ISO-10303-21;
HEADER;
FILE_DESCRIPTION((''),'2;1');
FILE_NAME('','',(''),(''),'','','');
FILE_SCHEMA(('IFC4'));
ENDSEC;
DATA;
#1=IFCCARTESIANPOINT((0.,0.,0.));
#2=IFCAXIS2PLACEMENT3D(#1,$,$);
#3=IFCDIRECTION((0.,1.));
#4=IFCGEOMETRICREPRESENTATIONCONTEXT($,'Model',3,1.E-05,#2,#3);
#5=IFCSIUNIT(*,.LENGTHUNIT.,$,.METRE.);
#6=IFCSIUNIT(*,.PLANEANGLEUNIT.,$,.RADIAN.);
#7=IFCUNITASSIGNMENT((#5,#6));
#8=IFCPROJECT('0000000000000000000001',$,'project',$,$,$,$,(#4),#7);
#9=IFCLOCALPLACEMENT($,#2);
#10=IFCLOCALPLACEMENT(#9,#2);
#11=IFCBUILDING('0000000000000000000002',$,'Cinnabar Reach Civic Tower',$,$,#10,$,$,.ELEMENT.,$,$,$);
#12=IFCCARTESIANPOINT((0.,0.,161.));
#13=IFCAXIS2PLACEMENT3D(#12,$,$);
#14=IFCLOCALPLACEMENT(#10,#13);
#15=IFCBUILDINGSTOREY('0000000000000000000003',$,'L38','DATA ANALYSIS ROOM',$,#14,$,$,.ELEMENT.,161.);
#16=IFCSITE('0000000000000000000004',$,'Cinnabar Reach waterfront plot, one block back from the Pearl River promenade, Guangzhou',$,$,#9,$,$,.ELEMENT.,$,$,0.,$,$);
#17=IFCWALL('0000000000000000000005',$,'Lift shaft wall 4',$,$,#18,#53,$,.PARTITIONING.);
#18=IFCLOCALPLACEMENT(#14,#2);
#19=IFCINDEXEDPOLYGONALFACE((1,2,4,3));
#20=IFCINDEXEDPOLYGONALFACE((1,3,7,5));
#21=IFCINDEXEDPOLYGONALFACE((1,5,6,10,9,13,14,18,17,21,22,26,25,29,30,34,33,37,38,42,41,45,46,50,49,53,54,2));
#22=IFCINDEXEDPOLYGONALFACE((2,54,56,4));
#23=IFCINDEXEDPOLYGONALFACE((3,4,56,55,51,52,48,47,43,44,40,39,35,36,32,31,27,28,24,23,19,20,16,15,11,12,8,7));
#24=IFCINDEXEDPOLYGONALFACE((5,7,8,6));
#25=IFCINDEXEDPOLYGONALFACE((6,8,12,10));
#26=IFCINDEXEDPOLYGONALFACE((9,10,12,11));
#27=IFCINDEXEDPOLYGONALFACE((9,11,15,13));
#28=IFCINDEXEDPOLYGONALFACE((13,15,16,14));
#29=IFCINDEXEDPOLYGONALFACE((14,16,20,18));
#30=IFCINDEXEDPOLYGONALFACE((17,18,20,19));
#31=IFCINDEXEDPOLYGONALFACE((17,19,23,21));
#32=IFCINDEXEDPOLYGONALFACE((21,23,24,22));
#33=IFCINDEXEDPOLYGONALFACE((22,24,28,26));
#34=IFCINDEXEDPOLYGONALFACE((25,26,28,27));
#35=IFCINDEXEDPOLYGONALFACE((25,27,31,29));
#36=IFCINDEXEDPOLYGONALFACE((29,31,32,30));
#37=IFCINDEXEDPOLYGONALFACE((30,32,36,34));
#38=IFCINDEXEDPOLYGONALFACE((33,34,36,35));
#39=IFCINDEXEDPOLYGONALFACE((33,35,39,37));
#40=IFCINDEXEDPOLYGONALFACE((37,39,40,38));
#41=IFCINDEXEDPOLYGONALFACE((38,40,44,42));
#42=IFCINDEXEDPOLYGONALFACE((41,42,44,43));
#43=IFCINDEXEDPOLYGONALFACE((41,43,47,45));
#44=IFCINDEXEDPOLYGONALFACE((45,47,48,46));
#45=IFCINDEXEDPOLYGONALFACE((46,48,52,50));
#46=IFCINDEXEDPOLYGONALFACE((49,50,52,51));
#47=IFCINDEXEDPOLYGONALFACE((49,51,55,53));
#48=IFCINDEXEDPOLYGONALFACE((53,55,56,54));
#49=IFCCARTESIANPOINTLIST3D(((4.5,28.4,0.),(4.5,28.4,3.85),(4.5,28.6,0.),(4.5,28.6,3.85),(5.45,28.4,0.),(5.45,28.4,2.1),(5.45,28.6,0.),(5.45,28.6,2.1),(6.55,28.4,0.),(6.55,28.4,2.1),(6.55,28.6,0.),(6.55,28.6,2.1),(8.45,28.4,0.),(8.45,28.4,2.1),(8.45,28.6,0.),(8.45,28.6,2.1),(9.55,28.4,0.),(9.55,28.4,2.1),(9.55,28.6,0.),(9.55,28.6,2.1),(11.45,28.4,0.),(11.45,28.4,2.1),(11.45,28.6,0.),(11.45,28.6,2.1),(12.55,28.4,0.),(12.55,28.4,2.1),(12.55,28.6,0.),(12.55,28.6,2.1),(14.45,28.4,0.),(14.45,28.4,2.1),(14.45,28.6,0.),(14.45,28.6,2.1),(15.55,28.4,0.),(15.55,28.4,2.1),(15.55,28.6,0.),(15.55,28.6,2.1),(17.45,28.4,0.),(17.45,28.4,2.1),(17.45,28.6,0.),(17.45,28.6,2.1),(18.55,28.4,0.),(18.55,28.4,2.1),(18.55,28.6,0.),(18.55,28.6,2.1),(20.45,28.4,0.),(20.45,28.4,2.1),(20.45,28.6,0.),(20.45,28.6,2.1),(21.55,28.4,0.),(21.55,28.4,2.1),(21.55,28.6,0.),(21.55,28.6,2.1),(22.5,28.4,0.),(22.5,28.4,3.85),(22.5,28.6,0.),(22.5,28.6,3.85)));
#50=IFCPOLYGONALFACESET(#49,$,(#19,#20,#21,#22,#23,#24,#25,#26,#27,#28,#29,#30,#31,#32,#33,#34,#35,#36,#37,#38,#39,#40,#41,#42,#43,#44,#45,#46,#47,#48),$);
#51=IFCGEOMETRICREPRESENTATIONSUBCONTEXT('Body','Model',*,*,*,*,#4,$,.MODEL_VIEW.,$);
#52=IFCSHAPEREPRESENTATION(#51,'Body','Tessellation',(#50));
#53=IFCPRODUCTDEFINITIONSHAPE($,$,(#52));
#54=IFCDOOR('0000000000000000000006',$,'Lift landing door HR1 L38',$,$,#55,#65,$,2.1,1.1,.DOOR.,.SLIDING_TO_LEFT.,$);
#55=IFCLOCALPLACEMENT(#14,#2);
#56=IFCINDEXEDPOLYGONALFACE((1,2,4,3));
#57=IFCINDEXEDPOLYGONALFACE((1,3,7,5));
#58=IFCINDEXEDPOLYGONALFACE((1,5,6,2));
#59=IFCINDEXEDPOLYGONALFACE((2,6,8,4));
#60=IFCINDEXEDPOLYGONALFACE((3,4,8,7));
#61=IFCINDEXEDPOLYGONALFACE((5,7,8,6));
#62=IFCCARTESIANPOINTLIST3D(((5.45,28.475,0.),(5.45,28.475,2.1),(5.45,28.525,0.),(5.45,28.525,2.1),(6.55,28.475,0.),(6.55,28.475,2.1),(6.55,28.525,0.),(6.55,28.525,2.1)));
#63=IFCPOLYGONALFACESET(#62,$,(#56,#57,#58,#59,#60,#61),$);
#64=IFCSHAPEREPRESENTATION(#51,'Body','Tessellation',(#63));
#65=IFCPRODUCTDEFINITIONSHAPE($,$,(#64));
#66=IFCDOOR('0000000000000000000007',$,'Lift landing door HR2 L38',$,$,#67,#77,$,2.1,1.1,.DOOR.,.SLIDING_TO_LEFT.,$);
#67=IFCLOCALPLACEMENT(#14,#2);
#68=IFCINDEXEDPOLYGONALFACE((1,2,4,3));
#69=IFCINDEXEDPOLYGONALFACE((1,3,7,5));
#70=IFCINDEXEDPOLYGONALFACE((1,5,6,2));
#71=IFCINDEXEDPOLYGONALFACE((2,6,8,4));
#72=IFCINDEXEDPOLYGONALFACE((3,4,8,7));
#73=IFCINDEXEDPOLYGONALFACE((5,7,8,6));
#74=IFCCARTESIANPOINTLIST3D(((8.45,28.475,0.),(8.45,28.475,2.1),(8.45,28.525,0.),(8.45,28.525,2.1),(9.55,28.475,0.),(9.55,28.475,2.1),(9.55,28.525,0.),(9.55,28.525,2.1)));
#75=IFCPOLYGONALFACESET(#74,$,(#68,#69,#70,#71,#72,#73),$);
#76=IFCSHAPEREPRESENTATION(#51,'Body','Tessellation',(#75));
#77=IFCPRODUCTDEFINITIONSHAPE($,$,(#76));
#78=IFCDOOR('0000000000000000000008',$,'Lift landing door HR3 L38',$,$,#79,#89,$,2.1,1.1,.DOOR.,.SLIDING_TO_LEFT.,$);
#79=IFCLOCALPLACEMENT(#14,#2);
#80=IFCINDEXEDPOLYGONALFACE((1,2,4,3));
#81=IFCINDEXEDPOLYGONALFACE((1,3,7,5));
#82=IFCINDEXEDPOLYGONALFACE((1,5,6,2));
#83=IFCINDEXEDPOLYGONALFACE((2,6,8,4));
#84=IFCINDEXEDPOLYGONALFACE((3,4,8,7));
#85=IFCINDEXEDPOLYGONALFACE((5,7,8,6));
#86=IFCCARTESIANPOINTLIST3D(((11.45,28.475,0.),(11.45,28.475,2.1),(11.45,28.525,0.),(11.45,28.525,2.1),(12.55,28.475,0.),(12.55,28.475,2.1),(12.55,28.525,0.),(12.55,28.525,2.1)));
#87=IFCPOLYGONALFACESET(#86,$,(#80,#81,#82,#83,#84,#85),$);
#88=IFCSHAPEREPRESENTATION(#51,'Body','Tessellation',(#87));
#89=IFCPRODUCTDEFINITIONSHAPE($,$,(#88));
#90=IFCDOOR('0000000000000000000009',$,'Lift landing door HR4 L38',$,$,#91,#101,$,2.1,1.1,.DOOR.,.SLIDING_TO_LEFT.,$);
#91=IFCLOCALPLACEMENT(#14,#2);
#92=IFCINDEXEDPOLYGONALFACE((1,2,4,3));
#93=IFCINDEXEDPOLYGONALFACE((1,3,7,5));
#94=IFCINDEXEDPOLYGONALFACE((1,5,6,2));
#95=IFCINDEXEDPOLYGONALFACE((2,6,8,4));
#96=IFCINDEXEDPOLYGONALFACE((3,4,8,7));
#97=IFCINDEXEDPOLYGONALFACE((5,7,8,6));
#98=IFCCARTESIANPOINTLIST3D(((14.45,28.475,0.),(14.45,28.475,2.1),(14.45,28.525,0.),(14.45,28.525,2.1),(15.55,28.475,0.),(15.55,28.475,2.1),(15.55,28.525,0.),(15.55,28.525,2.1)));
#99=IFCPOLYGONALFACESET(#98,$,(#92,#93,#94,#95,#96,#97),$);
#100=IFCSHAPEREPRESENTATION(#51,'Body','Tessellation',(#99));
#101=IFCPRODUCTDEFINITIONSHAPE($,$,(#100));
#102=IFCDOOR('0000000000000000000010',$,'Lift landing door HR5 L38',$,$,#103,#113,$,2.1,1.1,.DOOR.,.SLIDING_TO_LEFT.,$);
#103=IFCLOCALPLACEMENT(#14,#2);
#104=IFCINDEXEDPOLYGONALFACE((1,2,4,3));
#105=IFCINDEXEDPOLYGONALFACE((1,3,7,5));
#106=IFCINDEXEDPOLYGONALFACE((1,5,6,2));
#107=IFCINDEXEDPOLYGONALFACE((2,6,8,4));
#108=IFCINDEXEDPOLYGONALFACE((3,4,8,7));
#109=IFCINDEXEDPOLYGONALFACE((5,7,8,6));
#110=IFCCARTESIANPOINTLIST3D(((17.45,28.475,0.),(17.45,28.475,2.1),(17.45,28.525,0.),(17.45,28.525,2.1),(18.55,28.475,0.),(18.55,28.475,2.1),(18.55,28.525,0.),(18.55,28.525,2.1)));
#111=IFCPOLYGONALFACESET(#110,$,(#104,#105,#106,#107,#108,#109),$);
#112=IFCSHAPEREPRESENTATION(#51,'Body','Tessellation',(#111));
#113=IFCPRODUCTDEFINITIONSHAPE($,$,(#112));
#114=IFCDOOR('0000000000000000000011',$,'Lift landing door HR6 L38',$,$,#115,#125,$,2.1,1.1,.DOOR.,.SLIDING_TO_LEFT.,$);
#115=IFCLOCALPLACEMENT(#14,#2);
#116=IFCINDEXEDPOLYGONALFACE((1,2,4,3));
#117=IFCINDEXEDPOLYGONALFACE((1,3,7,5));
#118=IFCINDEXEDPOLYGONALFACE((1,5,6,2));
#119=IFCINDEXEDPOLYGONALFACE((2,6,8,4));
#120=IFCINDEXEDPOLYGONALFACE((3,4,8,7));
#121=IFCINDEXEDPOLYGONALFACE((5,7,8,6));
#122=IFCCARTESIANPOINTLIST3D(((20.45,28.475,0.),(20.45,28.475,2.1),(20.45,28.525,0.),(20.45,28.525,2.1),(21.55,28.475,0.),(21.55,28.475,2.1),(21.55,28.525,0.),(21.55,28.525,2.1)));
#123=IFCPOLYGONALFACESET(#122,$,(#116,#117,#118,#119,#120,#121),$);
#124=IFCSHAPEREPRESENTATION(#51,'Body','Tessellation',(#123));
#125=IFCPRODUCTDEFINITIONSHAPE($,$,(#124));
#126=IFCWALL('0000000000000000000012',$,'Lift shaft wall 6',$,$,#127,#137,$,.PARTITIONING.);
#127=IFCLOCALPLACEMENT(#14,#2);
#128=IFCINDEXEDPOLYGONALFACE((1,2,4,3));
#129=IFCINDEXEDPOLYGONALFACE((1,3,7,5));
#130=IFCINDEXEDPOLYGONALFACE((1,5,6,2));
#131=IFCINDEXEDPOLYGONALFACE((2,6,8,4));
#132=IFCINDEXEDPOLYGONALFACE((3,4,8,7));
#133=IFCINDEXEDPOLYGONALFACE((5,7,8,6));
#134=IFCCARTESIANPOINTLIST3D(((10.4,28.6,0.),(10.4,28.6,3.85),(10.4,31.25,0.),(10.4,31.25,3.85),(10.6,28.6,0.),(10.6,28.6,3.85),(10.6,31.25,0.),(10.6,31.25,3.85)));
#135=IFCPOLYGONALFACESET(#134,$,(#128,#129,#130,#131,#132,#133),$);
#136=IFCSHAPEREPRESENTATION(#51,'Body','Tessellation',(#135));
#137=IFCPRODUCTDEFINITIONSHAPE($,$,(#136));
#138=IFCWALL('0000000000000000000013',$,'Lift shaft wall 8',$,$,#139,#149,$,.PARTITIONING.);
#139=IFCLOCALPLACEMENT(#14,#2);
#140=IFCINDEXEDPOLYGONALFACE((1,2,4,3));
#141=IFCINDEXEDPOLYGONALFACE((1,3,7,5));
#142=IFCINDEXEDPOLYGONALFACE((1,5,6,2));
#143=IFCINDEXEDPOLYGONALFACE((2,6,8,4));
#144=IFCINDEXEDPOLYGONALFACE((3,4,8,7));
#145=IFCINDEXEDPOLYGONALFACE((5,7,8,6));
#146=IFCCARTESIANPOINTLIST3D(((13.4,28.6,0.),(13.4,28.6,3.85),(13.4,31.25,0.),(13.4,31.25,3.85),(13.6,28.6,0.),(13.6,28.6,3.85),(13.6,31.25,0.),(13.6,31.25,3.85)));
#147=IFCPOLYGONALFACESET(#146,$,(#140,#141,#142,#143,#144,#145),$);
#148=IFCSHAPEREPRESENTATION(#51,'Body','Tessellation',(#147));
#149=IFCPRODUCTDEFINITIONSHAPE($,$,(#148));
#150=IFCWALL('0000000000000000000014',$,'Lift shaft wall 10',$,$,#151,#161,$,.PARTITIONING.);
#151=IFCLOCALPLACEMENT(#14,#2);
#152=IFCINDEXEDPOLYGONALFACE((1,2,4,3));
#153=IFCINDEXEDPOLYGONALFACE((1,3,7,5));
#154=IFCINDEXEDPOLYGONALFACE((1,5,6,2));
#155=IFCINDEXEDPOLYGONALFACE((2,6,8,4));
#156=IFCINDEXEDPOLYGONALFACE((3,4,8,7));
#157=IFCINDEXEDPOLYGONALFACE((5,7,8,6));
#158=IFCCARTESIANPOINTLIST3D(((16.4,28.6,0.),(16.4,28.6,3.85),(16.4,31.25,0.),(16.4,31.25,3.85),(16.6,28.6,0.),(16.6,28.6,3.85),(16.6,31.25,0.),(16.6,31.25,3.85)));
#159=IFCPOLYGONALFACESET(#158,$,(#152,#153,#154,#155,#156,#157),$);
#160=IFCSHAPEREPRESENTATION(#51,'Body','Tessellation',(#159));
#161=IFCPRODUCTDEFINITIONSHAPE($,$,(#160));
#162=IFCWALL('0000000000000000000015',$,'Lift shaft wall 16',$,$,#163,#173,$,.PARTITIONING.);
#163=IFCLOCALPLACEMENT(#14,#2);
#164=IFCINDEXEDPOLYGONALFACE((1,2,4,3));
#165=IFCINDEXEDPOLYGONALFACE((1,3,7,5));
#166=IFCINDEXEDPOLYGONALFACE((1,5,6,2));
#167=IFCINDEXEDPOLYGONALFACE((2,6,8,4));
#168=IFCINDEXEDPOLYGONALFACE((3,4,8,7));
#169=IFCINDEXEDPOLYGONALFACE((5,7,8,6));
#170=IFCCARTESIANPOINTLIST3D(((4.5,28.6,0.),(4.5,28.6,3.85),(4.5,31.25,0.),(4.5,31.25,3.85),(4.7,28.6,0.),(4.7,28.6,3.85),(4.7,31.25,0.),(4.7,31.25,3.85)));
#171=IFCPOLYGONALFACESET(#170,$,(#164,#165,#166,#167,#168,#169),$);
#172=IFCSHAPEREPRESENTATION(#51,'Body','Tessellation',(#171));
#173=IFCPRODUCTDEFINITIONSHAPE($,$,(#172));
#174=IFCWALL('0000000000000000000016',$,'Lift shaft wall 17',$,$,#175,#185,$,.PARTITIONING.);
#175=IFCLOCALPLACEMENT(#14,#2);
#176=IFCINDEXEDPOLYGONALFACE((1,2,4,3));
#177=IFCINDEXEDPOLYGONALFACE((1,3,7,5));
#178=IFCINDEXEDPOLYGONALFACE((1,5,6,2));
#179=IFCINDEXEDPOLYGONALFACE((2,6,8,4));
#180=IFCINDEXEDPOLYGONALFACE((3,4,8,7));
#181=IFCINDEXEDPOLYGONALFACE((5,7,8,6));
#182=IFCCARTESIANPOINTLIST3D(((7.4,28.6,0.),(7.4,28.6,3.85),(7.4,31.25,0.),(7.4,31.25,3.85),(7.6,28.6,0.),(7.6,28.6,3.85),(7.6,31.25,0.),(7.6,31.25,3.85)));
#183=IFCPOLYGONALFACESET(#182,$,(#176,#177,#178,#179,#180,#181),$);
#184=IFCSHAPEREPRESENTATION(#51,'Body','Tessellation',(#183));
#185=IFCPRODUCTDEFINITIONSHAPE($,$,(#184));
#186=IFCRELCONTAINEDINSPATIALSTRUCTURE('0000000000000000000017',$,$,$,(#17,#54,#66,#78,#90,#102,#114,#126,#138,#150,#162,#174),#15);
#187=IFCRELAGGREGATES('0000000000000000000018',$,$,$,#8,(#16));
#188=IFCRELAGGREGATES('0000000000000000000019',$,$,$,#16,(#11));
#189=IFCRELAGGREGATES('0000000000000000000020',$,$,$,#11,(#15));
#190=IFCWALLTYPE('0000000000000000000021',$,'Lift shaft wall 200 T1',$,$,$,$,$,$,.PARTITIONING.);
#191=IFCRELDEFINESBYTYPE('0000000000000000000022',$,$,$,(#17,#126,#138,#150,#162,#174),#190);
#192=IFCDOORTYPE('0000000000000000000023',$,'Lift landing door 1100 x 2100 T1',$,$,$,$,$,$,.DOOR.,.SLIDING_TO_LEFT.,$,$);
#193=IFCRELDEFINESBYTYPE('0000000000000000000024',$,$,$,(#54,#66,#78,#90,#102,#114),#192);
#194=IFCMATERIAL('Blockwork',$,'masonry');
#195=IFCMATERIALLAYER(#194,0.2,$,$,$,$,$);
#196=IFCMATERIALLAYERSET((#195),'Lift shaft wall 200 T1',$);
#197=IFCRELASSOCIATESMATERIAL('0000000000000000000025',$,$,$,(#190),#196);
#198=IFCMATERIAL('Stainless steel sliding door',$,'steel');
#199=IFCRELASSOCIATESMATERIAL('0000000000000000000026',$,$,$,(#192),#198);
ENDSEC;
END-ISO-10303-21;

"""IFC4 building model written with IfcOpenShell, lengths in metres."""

from ifc_helpers import new_model, si_unit, direction, frame, frame_2d, origin, place, context, subcontext, project, spatial, rectangle, extrude, material, layer, layer_set, type_object, element, fill, save


model = new_model("IFC4")

# Units and contexts
model_context = context("Model", 3, precision=1e-05, world=origin(), true_north=direction((0.0, 1.0)))
body_context = subcontext(model_context, "Body", "Model", "MODEL_VIEW")
ifc_project = project(units=[si_unit("LENGTHUNIT", "METRE"), si_unit("PLANEANGLEUNIT", "RADIAN")], contexts=[model_context])

# Site, building, storey
site_placement = place(None, origin())
site = spatial("IfcSite", under=ifc_project, at=site_placement, Name="Cinnabar Reach waterfront plot, one block back from the Pearl River promenade, Guangzhou", CompositionType="ELEMENT", RefElevation=0.0)
building_placement = place(site_placement, origin())
building = spatial("IfcBuilding", under=site, at=building_placement, Name="Cinnabar Reach Civic Tower", CompositionType="ELEMENT")
storey_placement = place(building_placement, frame((0.0, 0.0, 161.0)))
storey = spatial("IfcBuildingStorey", under=building, at=storey_placement, Name="L38", Description="DATA ANALYSIS ROOM", CompositionType="ELEMENT", Elevation=161.0)

# Wall, openings, doors
ifc_material_1 = material(Name="Blockwork", Category="masonry")
ifc_layer_1 = layer(ifc_material_1, 0.2)
ifc_layer_set_1 = layer_set([ifc_layer_1], Name="Lift shaft wall 200 T1")
wall_type_1 = type_object("IfcWallType", Name="Lift shaft wall 200 T1", PredefinedType="PARTITIONING", material=ifc_layer_set_1)
wall_1_placement = place(storey_placement, frame((4.5, 28.5, 0.0), z_axis=(0.0, 0.0, 1.0), x_axis=(1.0, 0.0, 0.0)))
wall_1 = element("IfcWall", 1, at=wall_1_placement, inside=storey, type_object=wall_type_1, Name="Lift shaft wall 4", PredefinedType="PARTITIONING", context=body_context, shape_type="SweptSolid", body=[
    extrude(rectangle(XDim=18.0, YDim=0.2, at=frame_2d((9.0, 0.0))), origin(), (0.0, 0.0, 1.0), 3.85),
])
opening_1_placement = place(wall_1_placement, frame((0.95, 0.0, 0.0)))
opening_1 = element("IfcOpeningElement", 2, at=opening_1_placement, cuts=wall_1, PredefinedType="OPENING", context=body_context, shape_type="SweptSolid", body=[
    extrude(rectangle(XDim=1.1, YDim=2.1, at=frame_2d((0.55, 1.05))), frame((0.0, 0.11, 0.0), z_axis=(0.0, -1.0, 0.0), x_axis=(1.0, 0.0, 0.0)), (0.0, 0.0, 1.0), 0.22),
])
opening_2_placement = place(wall_1_placement, frame((3.95, 0.0, 0.0)))
opening_2 = element("IfcOpeningElement", 3, at=opening_2_placement, cuts=wall_1, PredefinedType="OPENING", context=body_context, shape_type="SweptSolid", body=[
    extrude(rectangle(XDim=1.1, YDim=2.1, at=frame_2d((0.55, 1.05))), frame((0.0, 0.11, 0.0), z_axis=(0.0, -1.0, 0.0), x_axis=(1.0, 0.0, 0.0)), (0.0, 0.0, 1.0), 0.22),
])
opening_3_placement = place(wall_1_placement, frame((6.95, 0.0, 0.0)))
opening_3 = element("IfcOpeningElement", 4, at=opening_3_placement, cuts=wall_1, PredefinedType="OPENING", context=body_context, shape_type="SweptSolid", body=[
    extrude(rectangle(XDim=1.1, YDim=2.1, at=frame_2d((0.55, 1.05))), frame((0.0, 0.11, 0.0), z_axis=(0.0, -1.0, 0.0), x_axis=(1.0, 0.0, 0.0)), (0.0, 0.0, 1.0), 0.22),
])
opening_4_placement = place(wall_1_placement, frame((9.95, 0.0, 0.0)))
opening_4 = element("IfcOpeningElement", 5, at=opening_4_placement, cuts=wall_1, PredefinedType="OPENING", context=body_context, shape_type="SweptSolid", body=[
    extrude(rectangle(XDim=1.1, YDim=2.1, at=frame_2d((0.55, 1.05))), frame((0.0, 0.11, 0.0), z_axis=(0.0, -1.0, 0.0), x_axis=(1.0, 0.0, 0.0)), (0.0, 0.0, 1.0), 0.22),
])
opening_5_placement = place(wall_1_placement, frame((12.95, 0.0, 0.0)))
opening_5 = element("IfcOpeningElement", 6, at=opening_5_placement, cuts=wall_1, PredefinedType="OPENING", context=body_context, shape_type="SweptSolid", body=[
    extrude(rectangle(XDim=1.1, YDim=2.1, at=frame_2d((0.55, 1.05))), frame((0.0, 0.11, 0.0), z_axis=(0.0, -1.0, 0.0), x_axis=(1.0, 0.0, 0.0)), (0.0, 0.0, 1.0), 0.22),
])
opening_6_placement = place(wall_1_placement, frame((15.95, 0.0, 0.0)))
opening_6 = element("IfcOpeningElement", 7, at=opening_6_placement, cuts=wall_1, PredefinedType="OPENING", context=body_context, shape_type="SweptSolid", body=[
    extrude(rectangle(XDim=1.1, YDim=2.1, at=frame_2d((0.55, 1.05))), frame((0.0, 0.11, 0.0), z_axis=(0.0, -1.0, 0.0), x_axis=(1.0, 0.0, 0.0)), (0.0, 0.0, 1.0), 0.22),
])
ifc_material_2 = material(Name="Stainless steel sliding door", Category="steel")
door_type_1 = type_object("IfcDoorType", Name="Lift landing door 1100 x 2100 T1", OperationType="SLIDING_TO_LEFT", PredefinedType="DOOR", material=ifc_material_2)
door_1_placement = place(opening_1_placement, origin())
door_1 = element("IfcDoor", 8, at=door_1_placement, inside=storey, type_object=door_type_1, Name="Lift landing door HR1 L38", OperationType="SLIDING_TO_LEFT", OverallHeight=2.1, OverallWidth=1.1, PredefinedType="DOOR", context=body_context, shape_type="SweptSolid", body=[
    extrude(rectangle(XDim=1.1, YDim=2.1, at=frame_2d((0.55, 1.05))), frame((0.0, 0.025, 0.0), z_axis=(0.0, -1.0, 0.0), x_axis=(1.0, 0.0, 0.0)), (0.0, 0.0, 1.0), 0.05),
])
fill(opening_1, door_1)
door_2_placement = place(opening_2_placement, origin())
door_2 = element("IfcDoor", 9, at=door_2_placement, inside=storey, type_object=door_type_1, Name="Lift landing door HR2 L38", OperationType="SLIDING_TO_LEFT", OverallHeight=2.1, OverallWidth=1.1, PredefinedType="DOOR", context=body_context, shape_type="SweptSolid", body=[
    extrude(rectangle(XDim=1.1, YDim=2.1, at=frame_2d((0.55, 1.05))), frame((0.0, 0.025, 0.0), z_axis=(0.0, -1.0, 0.0), x_axis=(1.0, 0.0, 0.0)), (0.0, 0.0, 1.0), 0.05),
])
fill(opening_2, door_2)
door_3_placement = place(opening_3_placement, origin())
door_3 = element("IfcDoor", 10, at=door_3_placement, inside=storey, type_object=door_type_1, Name="Lift landing door HR3 L38", OperationType="SLIDING_TO_LEFT", OverallHeight=2.1, OverallWidth=1.1, PredefinedType="DOOR", context=body_context, shape_type="SweptSolid", body=[
    extrude(rectangle(XDim=1.1, YDim=2.1, at=frame_2d((0.55, 1.05))), frame((0.0, 0.025, 0.0), z_axis=(0.0, -1.0, 0.0), x_axis=(1.0, 0.0, 0.0)), (0.0, 0.0, 1.0), 0.05),
])
fill(opening_3, door_3)
door_4_placement = place(opening_4_placement, origin())
door_4 = element("IfcDoor", 11, at=door_4_placement, inside=storey, type_object=door_type_1, Name="Lift landing door HR4 L38", OperationType="SLIDING_TO_LEFT", OverallHeight=2.1, OverallWidth=1.1, PredefinedType="DOOR", context=body_context, shape_type="SweptSolid", body=[
    extrude(rectangle(XDim=1.1, YDim=2.1, at=frame_2d((0.55, 1.05))), frame((0.0, 0.025, 0.0), z_axis=(0.0, -1.0, 0.0), x_axis=(1.0, 0.0, 0.0)), (0.0, 0.0, 1.0), 0.05),
])
fill(opening_4, door_4)
door_5_placement = place(opening_5_placement, origin())
door_5 = element("IfcDoor", 12, at=door_5_placement, inside=storey, type_object=door_type_1, Name="Lift landing door HR5 L38", OperationType="SLIDING_TO_LEFT", OverallHeight=2.1, OverallWidth=1.1, PredefinedType="DOOR", context=body_context, shape_type="SweptSolid", body=[
    extrude(rectangle(XDim=1.1, YDim=2.1, at=frame_2d((0.55, 1.05))), frame((0.0, 0.025, 0.0), z_axis=(0.0, -1.0, 0.0), x_axis=(1.0, 0.0, 0.0)), (0.0, 0.0, 1.0), 0.05),
])
fill(opening_5, door_5)
door_6_placement = place(opening_6_placement, origin())
door_6 = element("IfcDoor", 13, at=door_6_placement, inside=storey, type_object=door_type_1, Name="Lift landing door HR6 L38", OperationType="SLIDING_TO_LEFT", OverallHeight=2.1, OverallWidth=1.1, PredefinedType="DOOR", context=body_context, shape_type="SweptSolid", body=[
    extrude(rectangle(XDim=1.1, YDim=2.1, at=frame_2d((0.55, 1.05))), frame((0.0, 0.025, 0.0), z_axis=(0.0, -1.0, 0.0), x_axis=(1.0, 0.0, 0.0)), (0.0, 0.0, 1.0), 0.05),
])
fill(opening_6, door_6)

# Walls
for number, where, z_axis, x_axis, name in (
    (14, (10.5, 28.6, 0.0), (0.0, 0.0, 1.0), (0.0, 1.0, 0.0), "Lift shaft wall 6"),
    (15, (13.5, 28.6, 0.0), (0.0, 0.0, 1.0), (0.0, 1.0, 0.0), "Lift shaft wall 8"),
    (16, (16.5, 28.6, 0.0), (0.0, 0.0, 1.0), (0.0, 1.0, 0.0), "Lift shaft wall 10"),
    (17, (4.6, 28.6, 0.0), (0.0, 0.0, 1.0), (0.0, 1.0, 0.0), "Lift shaft wall 16"),
    (18, (7.5, 28.6, 0.0), (0.0, 0.0, 1.0), (0.0, 1.0, 0.0), "Lift shaft wall 17"),
):
    element("IfcWall", number, at=place(storey_placement, frame(where, z_axis=z_axis, x_axis=x_axis)), inside=storey, type_object=wall_type_1, Name=name, PredefinedType="PARTITIONING", context=body_context, shape_type="SweptSolid", body=[
        extrude(rectangle(XDim=2.65, YDim=0.2, at=frame_2d((1.325, 0.0))), origin(), (0.0, 0.0, 1.0), 3.85),
    ])

save(model, "model.ifc")
